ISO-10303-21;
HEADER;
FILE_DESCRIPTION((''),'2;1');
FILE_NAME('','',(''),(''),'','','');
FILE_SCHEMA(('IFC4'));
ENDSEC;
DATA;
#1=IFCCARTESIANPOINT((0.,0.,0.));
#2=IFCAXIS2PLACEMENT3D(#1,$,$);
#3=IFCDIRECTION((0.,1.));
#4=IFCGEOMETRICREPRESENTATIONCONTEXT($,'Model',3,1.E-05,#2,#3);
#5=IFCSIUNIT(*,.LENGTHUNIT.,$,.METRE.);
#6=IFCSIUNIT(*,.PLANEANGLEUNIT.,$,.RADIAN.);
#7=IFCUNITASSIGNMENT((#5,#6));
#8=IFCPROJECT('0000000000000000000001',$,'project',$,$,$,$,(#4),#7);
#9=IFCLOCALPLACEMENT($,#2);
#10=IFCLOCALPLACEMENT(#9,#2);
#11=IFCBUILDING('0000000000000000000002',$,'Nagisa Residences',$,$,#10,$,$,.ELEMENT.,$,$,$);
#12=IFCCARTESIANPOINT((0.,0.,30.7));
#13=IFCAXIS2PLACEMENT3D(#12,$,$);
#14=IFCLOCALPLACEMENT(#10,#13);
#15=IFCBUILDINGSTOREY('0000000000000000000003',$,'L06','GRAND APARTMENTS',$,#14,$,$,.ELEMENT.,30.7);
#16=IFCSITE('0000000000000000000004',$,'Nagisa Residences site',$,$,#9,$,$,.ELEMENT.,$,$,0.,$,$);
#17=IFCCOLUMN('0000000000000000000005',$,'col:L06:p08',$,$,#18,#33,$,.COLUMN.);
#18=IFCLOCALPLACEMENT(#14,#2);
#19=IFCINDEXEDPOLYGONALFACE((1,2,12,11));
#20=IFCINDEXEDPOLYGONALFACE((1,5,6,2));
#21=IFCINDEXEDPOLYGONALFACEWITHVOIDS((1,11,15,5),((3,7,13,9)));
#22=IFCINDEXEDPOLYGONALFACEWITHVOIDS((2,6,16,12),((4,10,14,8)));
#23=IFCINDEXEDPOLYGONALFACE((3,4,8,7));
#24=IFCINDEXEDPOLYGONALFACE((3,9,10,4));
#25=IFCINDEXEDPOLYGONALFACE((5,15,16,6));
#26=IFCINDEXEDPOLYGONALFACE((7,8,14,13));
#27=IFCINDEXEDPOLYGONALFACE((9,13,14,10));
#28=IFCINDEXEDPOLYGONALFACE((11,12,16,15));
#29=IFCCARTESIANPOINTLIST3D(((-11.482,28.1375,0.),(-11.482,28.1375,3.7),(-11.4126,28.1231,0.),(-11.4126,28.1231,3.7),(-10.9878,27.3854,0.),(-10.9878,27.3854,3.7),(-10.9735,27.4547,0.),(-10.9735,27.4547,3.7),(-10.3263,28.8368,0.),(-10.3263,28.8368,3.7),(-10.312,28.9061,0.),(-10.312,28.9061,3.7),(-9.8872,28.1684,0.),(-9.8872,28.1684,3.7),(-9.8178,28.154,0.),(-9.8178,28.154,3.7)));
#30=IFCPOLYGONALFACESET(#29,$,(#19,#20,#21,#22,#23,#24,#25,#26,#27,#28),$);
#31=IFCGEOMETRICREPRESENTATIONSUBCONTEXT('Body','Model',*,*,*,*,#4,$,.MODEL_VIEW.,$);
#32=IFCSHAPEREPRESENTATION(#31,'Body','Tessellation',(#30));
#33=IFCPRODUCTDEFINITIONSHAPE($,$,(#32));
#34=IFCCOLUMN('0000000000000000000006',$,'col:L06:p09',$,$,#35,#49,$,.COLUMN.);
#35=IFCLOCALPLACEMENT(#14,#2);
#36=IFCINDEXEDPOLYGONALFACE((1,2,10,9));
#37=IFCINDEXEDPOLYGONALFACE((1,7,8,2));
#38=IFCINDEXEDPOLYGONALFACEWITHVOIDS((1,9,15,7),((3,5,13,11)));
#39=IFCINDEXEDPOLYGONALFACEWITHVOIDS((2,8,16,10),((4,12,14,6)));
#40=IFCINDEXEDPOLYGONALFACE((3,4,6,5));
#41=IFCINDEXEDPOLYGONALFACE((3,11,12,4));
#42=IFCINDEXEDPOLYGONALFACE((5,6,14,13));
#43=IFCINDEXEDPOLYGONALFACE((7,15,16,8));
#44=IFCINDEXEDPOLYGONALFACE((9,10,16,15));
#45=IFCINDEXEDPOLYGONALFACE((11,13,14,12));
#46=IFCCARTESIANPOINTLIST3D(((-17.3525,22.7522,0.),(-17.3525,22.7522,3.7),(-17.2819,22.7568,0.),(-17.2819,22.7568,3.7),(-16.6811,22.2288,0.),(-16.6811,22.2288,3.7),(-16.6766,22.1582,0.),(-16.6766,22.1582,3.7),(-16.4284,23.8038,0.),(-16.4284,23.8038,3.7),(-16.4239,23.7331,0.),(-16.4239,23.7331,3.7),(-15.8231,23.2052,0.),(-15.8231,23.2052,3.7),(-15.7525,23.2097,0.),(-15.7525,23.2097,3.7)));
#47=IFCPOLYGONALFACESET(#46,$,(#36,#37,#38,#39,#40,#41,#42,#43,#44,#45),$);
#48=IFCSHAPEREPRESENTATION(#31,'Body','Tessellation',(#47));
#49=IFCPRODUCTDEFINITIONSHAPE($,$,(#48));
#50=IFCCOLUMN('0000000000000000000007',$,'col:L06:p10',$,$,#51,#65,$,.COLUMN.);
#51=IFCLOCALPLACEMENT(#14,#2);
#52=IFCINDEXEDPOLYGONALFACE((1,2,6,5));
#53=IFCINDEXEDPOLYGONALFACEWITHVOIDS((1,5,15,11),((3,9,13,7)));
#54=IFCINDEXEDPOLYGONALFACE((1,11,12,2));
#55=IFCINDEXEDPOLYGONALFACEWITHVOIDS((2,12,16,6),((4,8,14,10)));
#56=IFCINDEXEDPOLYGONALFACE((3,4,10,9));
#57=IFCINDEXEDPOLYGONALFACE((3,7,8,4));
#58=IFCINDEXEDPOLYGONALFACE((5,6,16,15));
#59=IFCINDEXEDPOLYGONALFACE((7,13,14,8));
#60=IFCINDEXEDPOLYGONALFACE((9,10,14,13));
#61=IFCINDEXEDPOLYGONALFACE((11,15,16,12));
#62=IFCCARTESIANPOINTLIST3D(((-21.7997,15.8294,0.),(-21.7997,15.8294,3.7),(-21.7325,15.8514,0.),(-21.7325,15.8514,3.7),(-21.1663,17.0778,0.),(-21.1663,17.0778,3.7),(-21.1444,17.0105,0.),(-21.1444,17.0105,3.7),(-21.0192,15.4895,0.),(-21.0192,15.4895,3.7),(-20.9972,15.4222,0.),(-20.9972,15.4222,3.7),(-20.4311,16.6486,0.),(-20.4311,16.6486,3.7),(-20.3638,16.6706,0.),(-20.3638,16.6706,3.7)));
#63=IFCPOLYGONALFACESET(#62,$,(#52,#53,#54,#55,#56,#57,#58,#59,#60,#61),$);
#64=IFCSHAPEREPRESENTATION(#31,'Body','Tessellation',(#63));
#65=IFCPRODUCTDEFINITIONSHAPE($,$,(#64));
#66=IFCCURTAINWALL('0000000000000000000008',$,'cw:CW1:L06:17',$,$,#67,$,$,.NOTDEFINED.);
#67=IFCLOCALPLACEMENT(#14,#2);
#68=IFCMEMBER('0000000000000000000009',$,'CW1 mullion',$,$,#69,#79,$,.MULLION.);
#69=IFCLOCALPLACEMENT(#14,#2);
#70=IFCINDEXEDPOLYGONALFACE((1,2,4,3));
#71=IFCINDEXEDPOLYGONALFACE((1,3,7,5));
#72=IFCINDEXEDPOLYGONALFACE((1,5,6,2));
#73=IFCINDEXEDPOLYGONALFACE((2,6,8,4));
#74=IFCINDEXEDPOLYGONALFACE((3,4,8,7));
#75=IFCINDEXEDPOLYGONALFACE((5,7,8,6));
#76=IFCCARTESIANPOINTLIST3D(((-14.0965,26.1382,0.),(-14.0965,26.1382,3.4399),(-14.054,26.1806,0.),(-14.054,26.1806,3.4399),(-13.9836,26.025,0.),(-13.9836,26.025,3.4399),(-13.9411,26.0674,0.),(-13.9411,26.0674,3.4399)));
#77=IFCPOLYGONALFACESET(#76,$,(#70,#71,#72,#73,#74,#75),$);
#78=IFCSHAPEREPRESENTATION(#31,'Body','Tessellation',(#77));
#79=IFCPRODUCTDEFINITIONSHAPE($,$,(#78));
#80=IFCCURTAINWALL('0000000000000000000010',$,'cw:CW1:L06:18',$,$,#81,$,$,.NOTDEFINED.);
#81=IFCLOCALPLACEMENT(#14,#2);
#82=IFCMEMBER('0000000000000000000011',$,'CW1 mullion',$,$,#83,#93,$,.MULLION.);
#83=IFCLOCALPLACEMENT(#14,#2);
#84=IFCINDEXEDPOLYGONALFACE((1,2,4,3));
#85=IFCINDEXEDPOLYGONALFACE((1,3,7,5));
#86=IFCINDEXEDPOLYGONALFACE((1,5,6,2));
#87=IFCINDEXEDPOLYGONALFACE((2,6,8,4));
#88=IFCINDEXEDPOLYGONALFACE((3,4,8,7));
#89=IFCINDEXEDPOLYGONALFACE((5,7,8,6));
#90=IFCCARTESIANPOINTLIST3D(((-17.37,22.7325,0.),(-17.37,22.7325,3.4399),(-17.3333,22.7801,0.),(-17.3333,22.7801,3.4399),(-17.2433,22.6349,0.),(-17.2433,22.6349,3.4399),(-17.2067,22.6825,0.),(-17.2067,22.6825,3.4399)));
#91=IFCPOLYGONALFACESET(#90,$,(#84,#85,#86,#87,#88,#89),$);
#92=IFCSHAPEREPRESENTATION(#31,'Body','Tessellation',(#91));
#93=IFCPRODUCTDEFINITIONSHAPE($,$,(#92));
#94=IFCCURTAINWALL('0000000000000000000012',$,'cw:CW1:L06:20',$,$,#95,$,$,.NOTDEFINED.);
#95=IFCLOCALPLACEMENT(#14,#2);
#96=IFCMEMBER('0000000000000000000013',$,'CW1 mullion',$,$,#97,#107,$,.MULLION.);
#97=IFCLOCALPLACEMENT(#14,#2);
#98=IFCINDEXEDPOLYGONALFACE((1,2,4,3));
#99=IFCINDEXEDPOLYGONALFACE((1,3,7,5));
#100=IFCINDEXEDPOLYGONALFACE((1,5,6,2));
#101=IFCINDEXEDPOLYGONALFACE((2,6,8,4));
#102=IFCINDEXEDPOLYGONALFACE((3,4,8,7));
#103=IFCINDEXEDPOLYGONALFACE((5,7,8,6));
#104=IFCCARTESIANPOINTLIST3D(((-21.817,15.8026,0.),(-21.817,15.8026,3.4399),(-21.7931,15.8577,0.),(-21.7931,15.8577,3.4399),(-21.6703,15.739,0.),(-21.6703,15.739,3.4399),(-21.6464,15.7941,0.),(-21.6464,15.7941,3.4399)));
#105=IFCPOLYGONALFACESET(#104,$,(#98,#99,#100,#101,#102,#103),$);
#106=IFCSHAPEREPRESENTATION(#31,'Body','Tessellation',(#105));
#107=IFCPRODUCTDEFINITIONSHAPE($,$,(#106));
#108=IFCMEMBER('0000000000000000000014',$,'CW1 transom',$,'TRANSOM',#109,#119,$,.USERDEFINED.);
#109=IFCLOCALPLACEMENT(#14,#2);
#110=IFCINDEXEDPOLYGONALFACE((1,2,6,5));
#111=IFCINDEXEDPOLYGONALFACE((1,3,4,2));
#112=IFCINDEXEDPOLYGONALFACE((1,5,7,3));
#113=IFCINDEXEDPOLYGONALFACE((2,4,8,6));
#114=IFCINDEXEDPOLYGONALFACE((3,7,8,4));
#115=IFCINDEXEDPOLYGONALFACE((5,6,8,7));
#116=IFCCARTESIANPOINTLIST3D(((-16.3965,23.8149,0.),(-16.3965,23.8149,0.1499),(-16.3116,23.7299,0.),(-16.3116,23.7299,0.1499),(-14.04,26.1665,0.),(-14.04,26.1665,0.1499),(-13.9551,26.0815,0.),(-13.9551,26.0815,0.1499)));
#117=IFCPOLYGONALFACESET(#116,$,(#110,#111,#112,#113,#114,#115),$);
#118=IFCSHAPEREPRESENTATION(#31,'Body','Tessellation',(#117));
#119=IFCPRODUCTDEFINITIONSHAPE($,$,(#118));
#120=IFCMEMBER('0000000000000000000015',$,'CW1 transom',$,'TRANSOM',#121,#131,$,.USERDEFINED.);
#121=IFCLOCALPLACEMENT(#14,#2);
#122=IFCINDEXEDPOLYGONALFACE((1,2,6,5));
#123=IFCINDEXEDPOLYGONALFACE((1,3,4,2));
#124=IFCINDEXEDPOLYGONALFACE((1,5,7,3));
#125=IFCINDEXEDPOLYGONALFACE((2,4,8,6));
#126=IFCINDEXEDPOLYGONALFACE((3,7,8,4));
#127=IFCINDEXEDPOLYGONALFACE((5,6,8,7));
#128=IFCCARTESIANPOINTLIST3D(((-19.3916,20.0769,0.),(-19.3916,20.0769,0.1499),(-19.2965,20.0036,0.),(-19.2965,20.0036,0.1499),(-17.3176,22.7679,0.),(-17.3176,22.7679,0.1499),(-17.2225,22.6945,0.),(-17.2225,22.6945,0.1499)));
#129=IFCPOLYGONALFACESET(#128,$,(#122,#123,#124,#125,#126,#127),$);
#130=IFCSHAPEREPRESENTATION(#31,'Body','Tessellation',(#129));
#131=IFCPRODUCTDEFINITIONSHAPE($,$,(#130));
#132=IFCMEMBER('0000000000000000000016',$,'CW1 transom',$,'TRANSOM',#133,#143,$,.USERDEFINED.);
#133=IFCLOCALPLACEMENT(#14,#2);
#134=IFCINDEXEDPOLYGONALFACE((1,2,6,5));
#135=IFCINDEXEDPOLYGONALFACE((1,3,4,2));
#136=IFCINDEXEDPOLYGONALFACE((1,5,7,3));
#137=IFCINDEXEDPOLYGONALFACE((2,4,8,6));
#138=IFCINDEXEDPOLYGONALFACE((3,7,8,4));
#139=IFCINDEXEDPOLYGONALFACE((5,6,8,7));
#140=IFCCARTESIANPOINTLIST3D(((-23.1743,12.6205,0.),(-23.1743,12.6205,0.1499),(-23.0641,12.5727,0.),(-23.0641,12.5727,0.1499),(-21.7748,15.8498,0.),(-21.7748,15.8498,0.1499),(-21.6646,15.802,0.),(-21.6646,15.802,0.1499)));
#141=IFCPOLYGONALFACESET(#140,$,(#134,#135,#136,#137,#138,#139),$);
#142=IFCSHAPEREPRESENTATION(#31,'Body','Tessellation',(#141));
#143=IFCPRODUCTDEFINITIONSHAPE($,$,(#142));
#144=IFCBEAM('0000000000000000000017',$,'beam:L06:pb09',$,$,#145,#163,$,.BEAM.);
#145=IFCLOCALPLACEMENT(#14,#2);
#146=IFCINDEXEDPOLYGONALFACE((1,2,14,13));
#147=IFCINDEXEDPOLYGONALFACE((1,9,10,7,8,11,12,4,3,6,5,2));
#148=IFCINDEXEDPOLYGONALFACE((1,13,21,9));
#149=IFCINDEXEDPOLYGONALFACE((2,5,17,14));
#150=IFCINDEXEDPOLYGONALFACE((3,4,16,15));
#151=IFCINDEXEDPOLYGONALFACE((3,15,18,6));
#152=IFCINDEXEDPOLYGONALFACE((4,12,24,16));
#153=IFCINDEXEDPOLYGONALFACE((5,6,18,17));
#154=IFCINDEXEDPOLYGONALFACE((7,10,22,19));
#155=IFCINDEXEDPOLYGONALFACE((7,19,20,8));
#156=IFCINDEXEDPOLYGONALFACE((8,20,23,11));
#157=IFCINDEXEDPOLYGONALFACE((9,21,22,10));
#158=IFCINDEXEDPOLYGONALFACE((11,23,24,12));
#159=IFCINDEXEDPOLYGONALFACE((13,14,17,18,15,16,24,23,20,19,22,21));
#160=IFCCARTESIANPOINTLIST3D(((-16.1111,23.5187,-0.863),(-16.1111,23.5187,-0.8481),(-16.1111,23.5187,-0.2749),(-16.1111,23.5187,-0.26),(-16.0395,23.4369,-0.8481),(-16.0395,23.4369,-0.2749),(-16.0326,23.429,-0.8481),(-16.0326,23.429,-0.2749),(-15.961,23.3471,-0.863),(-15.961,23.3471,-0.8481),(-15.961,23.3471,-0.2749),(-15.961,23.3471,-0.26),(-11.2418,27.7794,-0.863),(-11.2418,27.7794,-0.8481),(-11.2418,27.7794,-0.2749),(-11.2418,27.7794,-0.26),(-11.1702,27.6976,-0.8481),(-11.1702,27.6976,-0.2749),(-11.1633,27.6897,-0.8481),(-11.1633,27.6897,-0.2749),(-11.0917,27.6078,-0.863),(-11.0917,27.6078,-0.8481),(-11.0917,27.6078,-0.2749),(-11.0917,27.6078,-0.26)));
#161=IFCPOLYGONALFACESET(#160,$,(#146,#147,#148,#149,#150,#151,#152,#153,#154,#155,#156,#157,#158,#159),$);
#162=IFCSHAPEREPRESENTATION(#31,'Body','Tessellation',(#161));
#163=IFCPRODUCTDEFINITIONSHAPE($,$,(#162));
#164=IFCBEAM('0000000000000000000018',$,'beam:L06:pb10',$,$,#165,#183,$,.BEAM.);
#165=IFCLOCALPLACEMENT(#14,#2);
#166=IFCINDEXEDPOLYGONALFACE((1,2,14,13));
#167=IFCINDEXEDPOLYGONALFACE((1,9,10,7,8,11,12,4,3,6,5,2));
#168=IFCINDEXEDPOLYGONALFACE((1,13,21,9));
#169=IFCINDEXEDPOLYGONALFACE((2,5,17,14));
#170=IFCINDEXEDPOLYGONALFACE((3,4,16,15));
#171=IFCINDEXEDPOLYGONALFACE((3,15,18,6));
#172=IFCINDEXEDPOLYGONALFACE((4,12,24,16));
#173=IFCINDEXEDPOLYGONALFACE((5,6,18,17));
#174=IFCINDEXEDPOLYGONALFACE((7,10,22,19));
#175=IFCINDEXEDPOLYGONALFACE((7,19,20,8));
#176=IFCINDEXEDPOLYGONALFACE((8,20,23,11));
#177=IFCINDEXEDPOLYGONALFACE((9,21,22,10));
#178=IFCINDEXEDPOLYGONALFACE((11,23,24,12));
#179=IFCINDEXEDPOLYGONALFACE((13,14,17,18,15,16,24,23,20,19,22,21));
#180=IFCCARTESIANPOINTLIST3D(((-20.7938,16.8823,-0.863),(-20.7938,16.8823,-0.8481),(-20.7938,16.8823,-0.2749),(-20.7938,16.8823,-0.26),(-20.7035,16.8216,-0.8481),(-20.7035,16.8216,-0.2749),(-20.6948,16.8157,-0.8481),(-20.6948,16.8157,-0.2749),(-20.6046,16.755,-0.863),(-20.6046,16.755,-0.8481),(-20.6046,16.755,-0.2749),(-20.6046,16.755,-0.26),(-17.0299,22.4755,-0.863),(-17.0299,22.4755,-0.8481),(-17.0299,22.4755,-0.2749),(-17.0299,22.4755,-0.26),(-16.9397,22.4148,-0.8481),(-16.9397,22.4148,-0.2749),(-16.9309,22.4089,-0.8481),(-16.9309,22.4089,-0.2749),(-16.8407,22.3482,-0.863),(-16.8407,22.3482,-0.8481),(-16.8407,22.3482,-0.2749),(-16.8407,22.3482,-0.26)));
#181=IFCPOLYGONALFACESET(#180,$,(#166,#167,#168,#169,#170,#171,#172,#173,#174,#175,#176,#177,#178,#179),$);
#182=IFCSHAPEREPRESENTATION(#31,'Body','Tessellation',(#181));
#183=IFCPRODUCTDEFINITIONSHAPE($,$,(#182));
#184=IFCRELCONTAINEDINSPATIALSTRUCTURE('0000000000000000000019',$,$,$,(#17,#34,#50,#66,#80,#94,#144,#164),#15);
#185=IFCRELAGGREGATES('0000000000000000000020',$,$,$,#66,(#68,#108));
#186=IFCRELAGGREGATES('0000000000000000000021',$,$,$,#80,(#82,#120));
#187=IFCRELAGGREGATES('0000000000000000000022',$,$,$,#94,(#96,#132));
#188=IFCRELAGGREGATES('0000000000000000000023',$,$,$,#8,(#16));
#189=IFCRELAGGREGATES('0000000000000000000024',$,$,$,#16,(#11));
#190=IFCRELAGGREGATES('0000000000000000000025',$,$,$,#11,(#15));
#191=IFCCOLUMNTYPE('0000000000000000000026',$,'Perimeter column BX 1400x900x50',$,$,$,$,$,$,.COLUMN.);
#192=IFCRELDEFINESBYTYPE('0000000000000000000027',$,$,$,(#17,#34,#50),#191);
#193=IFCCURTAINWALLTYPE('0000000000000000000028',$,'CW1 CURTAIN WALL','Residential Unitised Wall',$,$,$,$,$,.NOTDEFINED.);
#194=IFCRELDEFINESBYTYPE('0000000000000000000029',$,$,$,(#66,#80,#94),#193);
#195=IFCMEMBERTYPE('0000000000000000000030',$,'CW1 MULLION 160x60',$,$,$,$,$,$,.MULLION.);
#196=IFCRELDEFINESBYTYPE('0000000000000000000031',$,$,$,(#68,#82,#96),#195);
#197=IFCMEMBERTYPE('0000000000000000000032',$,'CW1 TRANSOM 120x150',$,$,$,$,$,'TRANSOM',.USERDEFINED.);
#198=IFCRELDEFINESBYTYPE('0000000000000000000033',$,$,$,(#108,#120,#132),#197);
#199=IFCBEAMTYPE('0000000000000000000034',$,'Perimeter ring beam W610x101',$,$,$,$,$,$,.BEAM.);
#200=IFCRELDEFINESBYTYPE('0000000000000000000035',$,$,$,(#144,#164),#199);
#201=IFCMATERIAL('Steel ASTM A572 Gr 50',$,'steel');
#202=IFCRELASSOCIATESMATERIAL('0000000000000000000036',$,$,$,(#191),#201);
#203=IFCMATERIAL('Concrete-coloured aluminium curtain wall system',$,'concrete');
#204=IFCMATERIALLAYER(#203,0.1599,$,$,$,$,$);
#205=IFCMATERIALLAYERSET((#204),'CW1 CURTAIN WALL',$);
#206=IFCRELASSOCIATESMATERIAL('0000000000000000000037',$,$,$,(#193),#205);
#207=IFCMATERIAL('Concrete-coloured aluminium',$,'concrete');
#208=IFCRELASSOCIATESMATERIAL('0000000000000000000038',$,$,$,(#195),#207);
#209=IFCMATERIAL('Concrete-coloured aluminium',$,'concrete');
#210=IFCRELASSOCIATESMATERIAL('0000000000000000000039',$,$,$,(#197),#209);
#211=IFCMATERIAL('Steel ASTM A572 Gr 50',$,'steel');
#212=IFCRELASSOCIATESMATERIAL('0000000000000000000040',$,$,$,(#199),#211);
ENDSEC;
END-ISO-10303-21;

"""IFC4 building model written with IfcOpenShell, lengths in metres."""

from ifc_helpers import new_model, si_unit, direction, frame, origin, origin_2d, place, context, subcontext, project, spatial, rectangle, hollow_rectangle, i_section, extrude, material, layer, layer_set, material_profile, profile_set, type_object, element, aggregate, save


model = new_model("IFC4")

# Units and contexts
model_context = context("Model", 3, precision=1e-05, world=origin(), true_north=direction((0.0, 1.0)))
body_context = subcontext(model_context, "Body", "Model", "MODEL_VIEW")
ifc_project = project(units=[si_unit("LENGTHUNIT", "METRE"), si_unit("PLANEANGLEUNIT", "RADIAN")], contexts=[model_context])

# Site, building, storey
site_placement = place(None, origin())
site = spatial("IfcSite", under=ifc_project, at=site_placement, Name="Nagisa Residences site", CompositionType="ELEMENT", RefElevation=0.0)
building_placement = place(site_placement, origin())
building = spatial("IfcBuilding", under=site, at=building_placement, Name="Nagisa Residences", CompositionType="ELEMENT")
storey_placement = place(building_placement, frame((0.0, 0.0, 30.7)))
storey = spatial("IfcBuildingStorey", under=building, at=storey_placement, Name="L06", Description="GRAND APARTMENTS", CompositionType="ELEMENT", Elevation=30.7)

# Columns
ifc_material_1 = material(Name="Steel ASTM A572 Gr 50", Category="steel")
ifc_material_profile_1 = material_profile(ifc_material_1, hollow_rectangle(XDim=1.3999, YDim=0.8999, WallThickness=0.05, at=origin_2d()), Name="BX 1400x900x50")
ifc_profile_set_1 = profile_set([ifc_material_profile_1], Name="Steel ASTM A572 Gr 50")
column_type = type_object("IfcColumnType", Name="Perimeter column BX 1400x900x50", PredefinedType="COLUMN", material=ifc_profile_set_1)
for number, where, z_axis, x_axis, name in (
    (1, (-10.6499, 28.1458, 0.0), (0.0, 0.0, 1.0), (-0.835766, -0.549086, 0.0), "col:L06:p08"),
    (2, (-16.5525, 22.981, 0.0), (0.0, 0.0, 1.0), (-0.660115, -0.751165, 0.0), "col:L06:p09"),
    (3, (-21.0818, 16.25, 0.0), (0.0, 0.0, 1.0), (-0.452463, -0.891783, 0.0), "col:L06:p10"),
):
    element("IfcColumn", number, at=place(storey_placement, frame(where, z_axis=z_axis, x_axis=x_axis)), inside=storey, type_object=column_type, Name=name, PredefinedType="COLUMN", context=body_context, shape_type="SweptSolid", body=[
        extrude(hollow_rectangle(XDim=1.3999, YDim=0.8999, WallThickness=0.05, at=origin_2d()), origin(), (0.0, 0.0, 1.0), 3.7),
    ])

# Curtain walls, members
ifc_material_2 = material(Name="Concrete-coloured aluminium curtain wall system", Category="concrete")
ifc_layer_1 = layer(ifc_material_2, 0.1599)
ifc_layer_set_1 = layer_set([ifc_layer_1], Name="CW1 CURTAIN WALL")
curtain_wall_type = type_object("IfcCurtainWallType", Name="CW1 CURTAIN WALL", Description="Residential Unitised Wall", PredefinedType="NOTDEFINED", material=ifc_layer_set_1)
curtain_wall_1_placement = place(storey_placement, origin())
curtain_wall_1 = element("IfcCurtainWall", 4, at=curtain_wall_1_placement, inside=storey, type_object=curtain_wall_type, Name="cw:CW1:L06:17", PredefinedType="NOTDEFINED")
ifc_material_3 = material(Name="Concrete-coloured aluminium", Category="concrete")
ifc_material_profile_2 = material_profile(ifc_material_3, rectangle(XDim=0.1599, YDim=0.0601, at=origin_2d()), Name="CW1 MULLION 160x60")
ifc_profile_set_2 = profile_set([ifc_material_profile_2], Name="Concrete-coloured aluminium")
member_type_1 = type_object("IfcMemberType", Name="CW1 MULLION 160x60", PredefinedType="MULLION", material=ifc_profile_set_2)
member_1_placement = place(storey_placement, frame((-14.0188, 26.1028, 0.0), z_axis=(0.0, 0.0, 1.0), x_axis=(0.706377, -0.707836, 0.0)))
member_1 = element("IfcMember", 5, at=member_1_placement, type_object=member_type_1, Name="CW1 mullion", PredefinedType="MULLION", context=body_context, shape_type="SweptSolid", body=[
    extrude(rectangle(XDim=0.1599, YDim=0.0601, at=origin_2d()), origin(), (0.0, 0.0, 1.0), 3.4399),
])
curtain_wall_2_placement = place(storey_placement, origin())
curtain_wall_2 = element("IfcCurtainWall", 6, at=curtain_wall_2_placement, inside=storey, type_object=curtain_wall_type, Name="cw:CW1:L06:18", PredefinedType="NOTDEFINED")
member_2_placement = place(storey_placement, frame((-17.2883, 22.7075, 0.0), z_axis=(0.0, 0.0, 1.0), x_axis=(0.79207, -0.61043, 0.0)))
member_2 = element("IfcMember", 7, at=member_2_placement, type_object=member_type_1, Name="CW1 mullion", PredefinedType="MULLION", context=body_context, shape_type="SweptSolid", body=[
    extrude(rectangle(XDim=0.1599, YDim=0.0601, at=origin_2d()), origin(), (0.0, 0.0, 1.0), 3.4399),
])
curtain_wall_3_placement = place(storey_placement, origin())
curtain_wall_3 = element("IfcCurtainWall", 8, at=curtain_wall_3_placement, inside=storey, type_object=curtain_wall_type, Name="cw:CW1:L06:20", PredefinedType="NOTDEFINED")
member_3_placement = place(storey_placement, frame((-21.7317, 15.7983, 0.0), z_axis=(0.0, 0.0, 1.0), x_axis=(0.917543, -0.397636, 0.0)))
member_3 = element("IfcMember", 9, at=member_3_placement, type_object=member_type_1, Name="CW1 mullion", PredefinedType="MULLION", context=body_context, shape_type="SweptSolid", body=[
    extrude(rectangle(XDim=0.1599, YDim=0.0601, at=origin_2d()), origin(), (0.0, 0.0, 1.0), 3.4399),
])

# Members
ifc_material_4 = material(Name="Concrete-coloured aluminium", Category="concrete")
ifc_material_profile_3 = material_profile(ifc_material_4, rectangle(XDim=0.1201, YDim=0.1499, at=origin_2d()), Name="CW1 TRANSOM 120x150")
ifc_profile_set_3 = profile_set([ifc_material_profile_3], Name="Concrete-coloured aluminium")
member_type_2 = type_object("IfcMemberType", Name="CW1 TRANSOM 120x150", ElementType="TRANSOM", PredefinedType="USERDEFINED", material=ifc_profile_set_3)
member_4_placement = place(storey_placement, frame((-13.9976, 26.124, 0.075), z_axis=(-0.70784, -0.706373, 0.0), x_axis=(0.706373, -0.70784, 0.0)))
member_4 = element("IfcMember", 10, at=member_4_placement, type_object=member_type_2, Name="CW1 transom", ObjectType="TRANSOM", PredefinedType="USERDEFINED", context=body_context, shape_type="SweptSolid", body=[
    extrude(rectangle(XDim=0.1201, YDim=0.1499, at=origin_2d()), origin(), (0.0, 0.0, 1.0), 3.3291),
])
member_5_placement = place(storey_placement, frame((-17.27, 22.7312, 0.075), z_axis=(-0.610457, -0.792049, 0.0), x_axis=(0.792049, -0.610457, 0.0)))
member_5 = element("IfcMember", 11, at=member_5_placement, type_object=member_type_2, Name="CW1 transom", ObjectType="TRANSOM", PredefinedType="USERDEFINED", context=body_context, shape_type="SweptSolid", body=[
    extrude(rectangle(XDim=0.1201, YDim=0.1499, at=origin_2d()), origin(), (0.0, 0.0, 1.0), 3.3975),
])
member_6_placement = place(storey_placement, frame((-21.7197, 15.8259, 0.075), z_axis=(-0.397625, -0.917548, 0.0), x_axis=(0.917548, -0.397625, 0.0)))
member_6 = element("IfcMember", 12, at=member_6_placement, type_object=member_type_2, Name="CW1 transom", ObjectType="TRANSOM", PredefinedType="USERDEFINED", context=body_context, shape_type="SweptSolid", body=[
    extrude(rectangle(XDim=0.1201, YDim=0.1499, at=origin_2d()), origin(), (0.0, 0.0, 1.0), 3.5195),
])

# Beams
ifc_material_5 = material(Name="Steel ASTM A572 Gr 50", Category="steel")
ifc_material_profile_4 = material_profile(ifc_material_5, i_section(OverallWidth=0.228, OverallDepth=0.603, WebThickness=0.0105, FlangeThickness=0.0149, at=origin_2d()), Name="W610x101")
ifc_profile_set_4 = profile_set([ifc_material_profile_4], Name="Steel ASTM A572 Gr 50")
beam_type_1 = type_object("IfcBeamType", Name="Perimeter ring beam W610x101", PredefinedType="BEAM", material=ifc_profile_set_4)
beam_1_placement = place(storey_placement, frame((-11.1667, 27.6936, -0.5615), z_axis=(-0.752574, -0.658507, 0.0), x_axis=(0.658507, -0.752574, 0.0)))
element("IfcBeam", 13, at=beam_1_placement, inside=storey, type_object=beam_type_1, Name="beam:L06:pb09", PredefinedType="BEAM", context=body_context, shape_type="SweptSolid", body=[
    extrude(i_section(OverallWidth=0.228, OverallDepth=0.603, WebThickness=0.0105, FlangeThickness=0.0149, at=origin_2d()), origin(), (0.0, 0.0, 1.0), 6.4702),
])
beam_2_placement = place(storey_placement, frame((-16.9353, 22.4119, -0.5615), z_axis=(-0.558297, -0.829641, 0.0), x_axis=(0.829641, -0.558297, 0.0)))
element("IfcBeam", 14, at=beam_2_placement, inside=storey, type_object=beam_type_1, Name="beam:L06:pb10", PredefinedType="BEAM", context=body_context, shape_type="SweptSolid", body=[
    extrude(i_section(OverallWidth=0.228, OverallDepth=0.603, WebThickness=0.0105, FlangeThickness=0.0149, at=origin_2d()), origin(), (0.0, 0.0, 1.0), 6.7417),
])

aggregate(curtain_wall_1, [member_1, member_4])
aggregate(curtain_wall_2, [member_2, member_5])
aggregate(curtain_wall_3, [member_3, member_6])

save(model, "model.ifc")
